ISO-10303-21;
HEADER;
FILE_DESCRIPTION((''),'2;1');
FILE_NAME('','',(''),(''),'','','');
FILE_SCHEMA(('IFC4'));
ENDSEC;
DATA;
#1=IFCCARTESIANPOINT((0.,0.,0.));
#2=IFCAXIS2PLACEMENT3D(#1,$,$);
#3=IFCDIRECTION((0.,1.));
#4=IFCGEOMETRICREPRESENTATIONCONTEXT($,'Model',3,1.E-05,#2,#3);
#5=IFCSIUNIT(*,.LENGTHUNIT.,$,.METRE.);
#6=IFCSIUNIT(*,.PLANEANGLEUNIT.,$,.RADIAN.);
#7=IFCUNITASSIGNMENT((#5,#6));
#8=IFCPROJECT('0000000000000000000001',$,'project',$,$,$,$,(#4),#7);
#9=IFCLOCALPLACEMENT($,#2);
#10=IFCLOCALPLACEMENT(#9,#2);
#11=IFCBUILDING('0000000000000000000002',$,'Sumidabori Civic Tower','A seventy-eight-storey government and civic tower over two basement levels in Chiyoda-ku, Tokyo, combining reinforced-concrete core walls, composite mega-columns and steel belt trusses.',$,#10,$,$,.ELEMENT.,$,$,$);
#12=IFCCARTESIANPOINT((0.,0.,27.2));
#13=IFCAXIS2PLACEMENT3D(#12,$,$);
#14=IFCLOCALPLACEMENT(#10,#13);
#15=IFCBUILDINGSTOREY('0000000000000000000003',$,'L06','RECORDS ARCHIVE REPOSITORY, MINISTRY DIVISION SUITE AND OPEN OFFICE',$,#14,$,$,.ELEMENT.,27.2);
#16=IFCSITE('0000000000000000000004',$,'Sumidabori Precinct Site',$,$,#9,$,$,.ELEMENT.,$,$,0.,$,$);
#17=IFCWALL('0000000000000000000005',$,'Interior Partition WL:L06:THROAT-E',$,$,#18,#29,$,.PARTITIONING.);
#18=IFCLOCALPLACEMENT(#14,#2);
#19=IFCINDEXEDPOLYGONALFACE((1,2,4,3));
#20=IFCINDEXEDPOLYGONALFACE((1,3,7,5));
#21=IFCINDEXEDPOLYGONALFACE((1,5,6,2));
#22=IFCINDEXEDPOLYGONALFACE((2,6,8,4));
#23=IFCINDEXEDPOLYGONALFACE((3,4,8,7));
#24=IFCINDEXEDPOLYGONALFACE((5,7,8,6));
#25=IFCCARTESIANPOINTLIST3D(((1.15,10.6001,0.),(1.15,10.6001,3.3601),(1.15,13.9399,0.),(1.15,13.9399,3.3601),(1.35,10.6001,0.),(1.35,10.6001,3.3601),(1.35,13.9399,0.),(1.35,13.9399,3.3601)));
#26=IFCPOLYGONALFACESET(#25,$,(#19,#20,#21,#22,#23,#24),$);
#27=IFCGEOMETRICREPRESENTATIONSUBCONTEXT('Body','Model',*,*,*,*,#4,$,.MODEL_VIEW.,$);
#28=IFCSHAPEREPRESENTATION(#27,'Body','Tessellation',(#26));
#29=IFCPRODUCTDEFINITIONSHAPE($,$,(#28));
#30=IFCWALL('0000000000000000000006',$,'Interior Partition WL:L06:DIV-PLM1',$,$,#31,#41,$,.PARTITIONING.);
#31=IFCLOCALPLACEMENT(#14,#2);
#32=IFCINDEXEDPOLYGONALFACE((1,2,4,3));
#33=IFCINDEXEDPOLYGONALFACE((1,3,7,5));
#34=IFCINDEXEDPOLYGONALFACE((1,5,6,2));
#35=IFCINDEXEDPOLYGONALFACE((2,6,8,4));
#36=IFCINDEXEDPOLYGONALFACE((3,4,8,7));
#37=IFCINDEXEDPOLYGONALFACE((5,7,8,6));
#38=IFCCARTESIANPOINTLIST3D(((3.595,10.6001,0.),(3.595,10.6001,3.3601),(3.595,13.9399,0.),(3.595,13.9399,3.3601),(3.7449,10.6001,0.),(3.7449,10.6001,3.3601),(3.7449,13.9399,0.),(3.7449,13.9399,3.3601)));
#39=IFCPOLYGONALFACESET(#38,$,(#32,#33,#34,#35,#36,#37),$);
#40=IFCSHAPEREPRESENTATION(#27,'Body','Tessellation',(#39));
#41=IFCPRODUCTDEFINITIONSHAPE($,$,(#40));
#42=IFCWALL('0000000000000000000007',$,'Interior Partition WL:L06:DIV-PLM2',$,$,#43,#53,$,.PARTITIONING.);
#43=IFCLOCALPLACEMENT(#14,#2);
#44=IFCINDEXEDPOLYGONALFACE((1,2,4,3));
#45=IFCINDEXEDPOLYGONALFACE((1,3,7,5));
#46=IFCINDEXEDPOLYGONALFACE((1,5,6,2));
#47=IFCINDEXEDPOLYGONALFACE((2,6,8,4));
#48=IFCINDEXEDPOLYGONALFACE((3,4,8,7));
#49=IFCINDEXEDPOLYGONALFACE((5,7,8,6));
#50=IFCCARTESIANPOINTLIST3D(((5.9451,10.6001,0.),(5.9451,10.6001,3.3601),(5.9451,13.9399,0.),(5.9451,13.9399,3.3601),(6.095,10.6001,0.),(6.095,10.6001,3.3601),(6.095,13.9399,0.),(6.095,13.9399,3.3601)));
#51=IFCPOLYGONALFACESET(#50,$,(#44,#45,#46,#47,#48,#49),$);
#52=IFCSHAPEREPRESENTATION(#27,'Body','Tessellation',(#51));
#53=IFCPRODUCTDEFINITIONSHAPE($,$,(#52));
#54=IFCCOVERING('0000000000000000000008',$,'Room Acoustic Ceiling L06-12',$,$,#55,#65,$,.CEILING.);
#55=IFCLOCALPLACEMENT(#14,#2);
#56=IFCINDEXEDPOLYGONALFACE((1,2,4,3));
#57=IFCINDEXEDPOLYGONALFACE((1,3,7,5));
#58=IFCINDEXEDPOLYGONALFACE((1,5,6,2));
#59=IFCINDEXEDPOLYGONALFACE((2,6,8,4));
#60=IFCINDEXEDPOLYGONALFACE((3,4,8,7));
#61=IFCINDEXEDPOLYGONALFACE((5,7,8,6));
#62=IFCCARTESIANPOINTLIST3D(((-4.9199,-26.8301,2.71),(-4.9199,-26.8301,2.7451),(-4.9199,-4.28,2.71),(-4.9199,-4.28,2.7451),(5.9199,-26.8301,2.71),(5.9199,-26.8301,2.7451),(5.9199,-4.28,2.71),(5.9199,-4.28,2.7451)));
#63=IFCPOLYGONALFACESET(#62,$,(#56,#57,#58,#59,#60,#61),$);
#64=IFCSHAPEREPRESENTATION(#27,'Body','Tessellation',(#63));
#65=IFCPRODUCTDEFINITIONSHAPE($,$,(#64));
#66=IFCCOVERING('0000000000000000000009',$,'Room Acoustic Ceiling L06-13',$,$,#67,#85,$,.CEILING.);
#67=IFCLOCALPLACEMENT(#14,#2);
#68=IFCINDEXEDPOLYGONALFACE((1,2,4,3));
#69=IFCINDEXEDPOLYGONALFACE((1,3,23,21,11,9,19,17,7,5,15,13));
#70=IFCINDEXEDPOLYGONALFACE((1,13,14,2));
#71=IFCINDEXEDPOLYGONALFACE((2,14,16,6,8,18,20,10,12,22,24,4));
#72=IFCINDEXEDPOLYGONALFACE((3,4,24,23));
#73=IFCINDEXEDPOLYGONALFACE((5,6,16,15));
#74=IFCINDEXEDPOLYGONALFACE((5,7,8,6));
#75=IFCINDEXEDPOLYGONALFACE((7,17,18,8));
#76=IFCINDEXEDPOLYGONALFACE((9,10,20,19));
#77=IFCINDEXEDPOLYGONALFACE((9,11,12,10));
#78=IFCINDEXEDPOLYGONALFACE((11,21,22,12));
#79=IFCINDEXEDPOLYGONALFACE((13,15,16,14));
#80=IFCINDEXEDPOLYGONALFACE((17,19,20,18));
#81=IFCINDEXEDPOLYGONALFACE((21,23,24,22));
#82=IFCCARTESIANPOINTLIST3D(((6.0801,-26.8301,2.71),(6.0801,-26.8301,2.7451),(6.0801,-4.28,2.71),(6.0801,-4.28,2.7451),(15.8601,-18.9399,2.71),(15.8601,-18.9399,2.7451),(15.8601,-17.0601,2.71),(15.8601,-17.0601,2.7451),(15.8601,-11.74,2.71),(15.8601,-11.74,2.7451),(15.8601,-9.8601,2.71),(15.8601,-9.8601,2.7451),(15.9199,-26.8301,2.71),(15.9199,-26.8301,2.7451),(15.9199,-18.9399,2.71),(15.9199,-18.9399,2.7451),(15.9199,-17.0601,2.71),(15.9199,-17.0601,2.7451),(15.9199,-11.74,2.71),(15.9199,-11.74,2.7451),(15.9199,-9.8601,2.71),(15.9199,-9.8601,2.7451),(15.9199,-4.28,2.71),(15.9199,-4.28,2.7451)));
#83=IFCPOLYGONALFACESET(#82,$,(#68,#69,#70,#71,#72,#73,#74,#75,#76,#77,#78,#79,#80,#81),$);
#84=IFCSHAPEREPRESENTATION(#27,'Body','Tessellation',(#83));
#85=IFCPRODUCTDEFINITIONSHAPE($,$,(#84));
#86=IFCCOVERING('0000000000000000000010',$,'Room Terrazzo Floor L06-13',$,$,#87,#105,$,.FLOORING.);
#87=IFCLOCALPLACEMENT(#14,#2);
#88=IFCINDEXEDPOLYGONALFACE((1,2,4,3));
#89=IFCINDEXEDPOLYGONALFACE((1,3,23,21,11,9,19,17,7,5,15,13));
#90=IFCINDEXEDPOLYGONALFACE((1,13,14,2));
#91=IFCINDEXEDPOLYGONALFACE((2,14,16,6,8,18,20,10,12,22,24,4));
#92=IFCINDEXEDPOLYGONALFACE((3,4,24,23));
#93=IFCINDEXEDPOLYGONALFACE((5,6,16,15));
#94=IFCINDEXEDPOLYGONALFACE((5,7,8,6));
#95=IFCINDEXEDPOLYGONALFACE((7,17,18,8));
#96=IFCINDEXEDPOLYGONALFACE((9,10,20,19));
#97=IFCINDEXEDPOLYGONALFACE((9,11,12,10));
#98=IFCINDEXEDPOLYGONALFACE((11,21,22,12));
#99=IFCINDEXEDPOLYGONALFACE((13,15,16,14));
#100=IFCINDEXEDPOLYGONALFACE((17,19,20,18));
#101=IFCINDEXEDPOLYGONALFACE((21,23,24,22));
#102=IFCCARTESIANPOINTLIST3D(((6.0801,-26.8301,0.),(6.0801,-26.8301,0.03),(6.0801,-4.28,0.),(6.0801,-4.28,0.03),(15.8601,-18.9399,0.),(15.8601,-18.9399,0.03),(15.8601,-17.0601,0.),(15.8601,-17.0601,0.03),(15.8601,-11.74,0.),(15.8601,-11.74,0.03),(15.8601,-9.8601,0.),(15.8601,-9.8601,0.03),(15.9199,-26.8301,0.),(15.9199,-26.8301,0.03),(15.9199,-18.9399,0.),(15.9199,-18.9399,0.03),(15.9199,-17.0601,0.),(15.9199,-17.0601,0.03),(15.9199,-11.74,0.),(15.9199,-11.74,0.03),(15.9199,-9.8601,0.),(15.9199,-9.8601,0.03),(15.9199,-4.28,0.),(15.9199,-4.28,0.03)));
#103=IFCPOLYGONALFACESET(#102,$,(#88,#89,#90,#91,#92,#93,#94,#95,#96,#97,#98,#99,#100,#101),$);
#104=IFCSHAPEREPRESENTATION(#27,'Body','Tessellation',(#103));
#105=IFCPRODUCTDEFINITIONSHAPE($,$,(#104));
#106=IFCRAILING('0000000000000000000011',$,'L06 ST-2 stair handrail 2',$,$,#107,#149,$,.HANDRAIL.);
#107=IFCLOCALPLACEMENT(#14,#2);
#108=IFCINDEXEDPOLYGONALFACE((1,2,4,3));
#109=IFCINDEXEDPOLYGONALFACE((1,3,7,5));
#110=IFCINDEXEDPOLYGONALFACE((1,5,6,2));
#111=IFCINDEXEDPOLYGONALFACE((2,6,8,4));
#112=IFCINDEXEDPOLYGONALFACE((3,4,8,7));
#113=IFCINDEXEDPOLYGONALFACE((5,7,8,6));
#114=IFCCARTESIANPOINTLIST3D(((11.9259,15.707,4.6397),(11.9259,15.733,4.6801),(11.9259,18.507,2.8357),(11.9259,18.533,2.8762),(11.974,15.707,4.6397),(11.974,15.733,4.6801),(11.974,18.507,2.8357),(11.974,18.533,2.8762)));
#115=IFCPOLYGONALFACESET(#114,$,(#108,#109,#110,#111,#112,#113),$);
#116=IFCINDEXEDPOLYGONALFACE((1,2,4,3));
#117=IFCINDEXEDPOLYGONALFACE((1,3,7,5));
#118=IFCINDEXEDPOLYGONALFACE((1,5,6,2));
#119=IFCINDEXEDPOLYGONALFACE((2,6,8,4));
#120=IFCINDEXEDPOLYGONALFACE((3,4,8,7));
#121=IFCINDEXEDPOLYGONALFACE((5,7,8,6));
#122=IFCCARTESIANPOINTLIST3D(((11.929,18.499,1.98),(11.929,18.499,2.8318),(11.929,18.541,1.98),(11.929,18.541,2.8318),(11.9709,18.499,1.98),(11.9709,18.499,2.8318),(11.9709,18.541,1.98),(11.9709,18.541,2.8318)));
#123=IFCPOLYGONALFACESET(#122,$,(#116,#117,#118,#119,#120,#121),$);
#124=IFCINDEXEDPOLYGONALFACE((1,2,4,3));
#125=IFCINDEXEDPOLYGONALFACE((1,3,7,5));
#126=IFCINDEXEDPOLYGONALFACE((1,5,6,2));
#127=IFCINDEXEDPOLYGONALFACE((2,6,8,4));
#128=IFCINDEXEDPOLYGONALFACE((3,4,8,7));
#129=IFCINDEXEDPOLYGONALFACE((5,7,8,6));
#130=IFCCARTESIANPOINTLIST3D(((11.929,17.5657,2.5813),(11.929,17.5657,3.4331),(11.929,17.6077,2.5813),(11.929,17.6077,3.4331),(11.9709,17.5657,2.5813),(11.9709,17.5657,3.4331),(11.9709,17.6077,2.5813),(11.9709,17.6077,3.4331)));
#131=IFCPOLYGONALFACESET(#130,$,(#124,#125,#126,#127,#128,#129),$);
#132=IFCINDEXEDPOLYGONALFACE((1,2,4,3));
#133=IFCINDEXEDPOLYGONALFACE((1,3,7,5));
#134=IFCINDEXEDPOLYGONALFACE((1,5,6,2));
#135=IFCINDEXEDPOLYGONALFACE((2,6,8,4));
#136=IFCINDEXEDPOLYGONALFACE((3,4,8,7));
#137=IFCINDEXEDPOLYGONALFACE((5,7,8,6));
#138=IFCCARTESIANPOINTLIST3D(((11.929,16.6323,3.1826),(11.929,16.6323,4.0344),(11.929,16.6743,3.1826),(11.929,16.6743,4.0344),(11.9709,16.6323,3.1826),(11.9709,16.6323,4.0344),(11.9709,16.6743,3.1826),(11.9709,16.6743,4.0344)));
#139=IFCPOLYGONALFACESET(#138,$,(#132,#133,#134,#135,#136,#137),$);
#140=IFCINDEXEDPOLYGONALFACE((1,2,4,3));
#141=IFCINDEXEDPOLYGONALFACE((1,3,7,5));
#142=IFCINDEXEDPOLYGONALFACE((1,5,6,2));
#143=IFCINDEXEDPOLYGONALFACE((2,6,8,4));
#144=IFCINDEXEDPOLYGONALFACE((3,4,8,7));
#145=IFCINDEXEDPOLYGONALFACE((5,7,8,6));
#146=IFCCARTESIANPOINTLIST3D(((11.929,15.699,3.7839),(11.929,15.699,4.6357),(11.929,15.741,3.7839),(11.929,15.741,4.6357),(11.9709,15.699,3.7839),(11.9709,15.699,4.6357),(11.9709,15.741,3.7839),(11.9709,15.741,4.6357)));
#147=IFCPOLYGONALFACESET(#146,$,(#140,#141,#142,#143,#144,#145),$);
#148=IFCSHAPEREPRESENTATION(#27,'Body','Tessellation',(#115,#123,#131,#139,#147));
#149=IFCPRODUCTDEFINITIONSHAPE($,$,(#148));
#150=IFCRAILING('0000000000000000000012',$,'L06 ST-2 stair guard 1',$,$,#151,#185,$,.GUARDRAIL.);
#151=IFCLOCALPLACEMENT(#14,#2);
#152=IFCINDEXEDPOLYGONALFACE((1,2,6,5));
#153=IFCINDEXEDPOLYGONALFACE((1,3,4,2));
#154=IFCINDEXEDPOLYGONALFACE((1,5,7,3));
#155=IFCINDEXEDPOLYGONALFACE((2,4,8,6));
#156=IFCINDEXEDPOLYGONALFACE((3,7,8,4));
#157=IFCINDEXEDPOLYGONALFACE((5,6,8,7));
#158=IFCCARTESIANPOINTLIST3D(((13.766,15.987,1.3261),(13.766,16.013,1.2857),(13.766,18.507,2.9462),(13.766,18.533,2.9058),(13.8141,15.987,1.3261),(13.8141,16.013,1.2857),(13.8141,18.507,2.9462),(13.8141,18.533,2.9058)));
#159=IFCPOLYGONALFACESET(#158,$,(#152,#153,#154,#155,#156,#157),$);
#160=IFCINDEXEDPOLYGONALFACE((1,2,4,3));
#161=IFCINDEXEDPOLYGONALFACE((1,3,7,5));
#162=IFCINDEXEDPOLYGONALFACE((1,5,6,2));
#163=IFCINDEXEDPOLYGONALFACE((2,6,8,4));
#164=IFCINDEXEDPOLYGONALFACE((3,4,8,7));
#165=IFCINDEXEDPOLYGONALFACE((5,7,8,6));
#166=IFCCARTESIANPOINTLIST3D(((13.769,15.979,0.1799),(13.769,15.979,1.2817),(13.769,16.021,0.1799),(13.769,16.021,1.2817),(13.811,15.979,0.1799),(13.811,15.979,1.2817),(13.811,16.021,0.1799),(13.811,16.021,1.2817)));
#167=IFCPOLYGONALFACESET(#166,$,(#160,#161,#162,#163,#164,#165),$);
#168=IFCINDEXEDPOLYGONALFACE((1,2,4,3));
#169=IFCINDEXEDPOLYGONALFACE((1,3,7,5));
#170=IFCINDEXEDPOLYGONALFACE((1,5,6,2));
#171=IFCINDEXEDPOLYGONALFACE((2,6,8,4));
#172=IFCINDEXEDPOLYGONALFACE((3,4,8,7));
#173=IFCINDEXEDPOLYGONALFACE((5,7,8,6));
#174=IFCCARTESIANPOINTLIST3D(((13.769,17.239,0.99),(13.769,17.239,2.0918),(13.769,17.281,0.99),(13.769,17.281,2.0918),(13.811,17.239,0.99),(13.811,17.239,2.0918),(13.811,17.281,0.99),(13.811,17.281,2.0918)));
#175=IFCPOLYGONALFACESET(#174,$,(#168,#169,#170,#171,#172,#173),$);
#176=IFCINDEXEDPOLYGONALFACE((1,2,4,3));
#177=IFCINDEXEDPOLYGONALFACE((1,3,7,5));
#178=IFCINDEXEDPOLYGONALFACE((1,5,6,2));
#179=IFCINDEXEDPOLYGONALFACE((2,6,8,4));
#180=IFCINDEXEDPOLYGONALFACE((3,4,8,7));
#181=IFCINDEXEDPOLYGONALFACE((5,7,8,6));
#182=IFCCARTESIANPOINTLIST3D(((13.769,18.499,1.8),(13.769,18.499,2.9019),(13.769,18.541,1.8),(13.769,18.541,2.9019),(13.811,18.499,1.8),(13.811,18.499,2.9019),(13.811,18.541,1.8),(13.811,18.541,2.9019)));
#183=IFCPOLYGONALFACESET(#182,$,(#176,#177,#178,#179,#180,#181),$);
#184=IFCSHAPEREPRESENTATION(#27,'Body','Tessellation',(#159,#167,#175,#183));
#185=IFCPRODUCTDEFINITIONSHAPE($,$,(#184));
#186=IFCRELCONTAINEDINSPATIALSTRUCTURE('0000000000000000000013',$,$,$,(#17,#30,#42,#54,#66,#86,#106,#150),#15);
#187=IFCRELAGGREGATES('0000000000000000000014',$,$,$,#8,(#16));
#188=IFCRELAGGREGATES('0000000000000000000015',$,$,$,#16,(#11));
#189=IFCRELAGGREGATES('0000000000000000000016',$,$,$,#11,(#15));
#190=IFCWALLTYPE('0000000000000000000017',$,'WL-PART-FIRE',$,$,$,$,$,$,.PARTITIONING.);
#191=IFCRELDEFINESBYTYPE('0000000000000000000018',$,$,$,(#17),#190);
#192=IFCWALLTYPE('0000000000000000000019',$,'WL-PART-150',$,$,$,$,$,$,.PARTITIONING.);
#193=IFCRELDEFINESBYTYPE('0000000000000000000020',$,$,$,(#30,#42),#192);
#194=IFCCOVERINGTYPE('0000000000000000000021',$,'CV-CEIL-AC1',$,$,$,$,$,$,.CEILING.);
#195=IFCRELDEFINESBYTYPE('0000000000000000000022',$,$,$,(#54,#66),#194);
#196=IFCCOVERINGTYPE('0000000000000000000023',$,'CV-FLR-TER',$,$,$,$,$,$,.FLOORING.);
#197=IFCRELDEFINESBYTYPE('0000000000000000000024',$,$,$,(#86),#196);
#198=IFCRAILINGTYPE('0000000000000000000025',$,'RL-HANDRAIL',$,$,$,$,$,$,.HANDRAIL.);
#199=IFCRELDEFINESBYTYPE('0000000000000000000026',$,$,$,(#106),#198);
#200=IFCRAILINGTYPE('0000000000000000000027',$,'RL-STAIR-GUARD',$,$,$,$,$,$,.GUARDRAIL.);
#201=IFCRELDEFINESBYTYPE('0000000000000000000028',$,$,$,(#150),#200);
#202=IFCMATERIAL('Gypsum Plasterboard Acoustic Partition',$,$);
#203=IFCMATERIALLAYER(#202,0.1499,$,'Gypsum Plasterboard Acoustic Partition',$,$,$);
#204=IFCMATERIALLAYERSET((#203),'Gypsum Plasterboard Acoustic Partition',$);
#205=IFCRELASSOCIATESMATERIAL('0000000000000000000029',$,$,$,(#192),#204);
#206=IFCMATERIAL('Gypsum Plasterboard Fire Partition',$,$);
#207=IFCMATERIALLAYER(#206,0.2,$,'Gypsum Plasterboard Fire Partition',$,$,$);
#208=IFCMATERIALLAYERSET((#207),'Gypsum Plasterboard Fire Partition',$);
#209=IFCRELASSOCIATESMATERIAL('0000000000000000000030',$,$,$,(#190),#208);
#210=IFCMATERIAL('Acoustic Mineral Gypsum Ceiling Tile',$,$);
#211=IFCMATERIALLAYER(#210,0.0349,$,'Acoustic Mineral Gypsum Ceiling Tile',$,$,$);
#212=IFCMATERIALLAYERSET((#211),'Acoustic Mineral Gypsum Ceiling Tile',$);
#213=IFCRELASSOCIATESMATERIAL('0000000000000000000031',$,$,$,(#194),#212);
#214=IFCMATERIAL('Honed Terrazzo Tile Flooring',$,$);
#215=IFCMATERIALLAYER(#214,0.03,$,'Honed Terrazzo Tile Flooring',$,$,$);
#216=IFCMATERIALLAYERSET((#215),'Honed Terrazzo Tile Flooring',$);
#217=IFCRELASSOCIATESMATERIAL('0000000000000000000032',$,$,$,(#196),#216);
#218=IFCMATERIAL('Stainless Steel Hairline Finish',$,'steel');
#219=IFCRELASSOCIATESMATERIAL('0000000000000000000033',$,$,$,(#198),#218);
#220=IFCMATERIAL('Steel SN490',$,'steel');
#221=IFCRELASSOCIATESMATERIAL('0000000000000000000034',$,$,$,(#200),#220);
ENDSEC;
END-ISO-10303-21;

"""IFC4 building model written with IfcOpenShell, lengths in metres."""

from ifc_helpers import new_model, si_unit, direction, frame, frame_2d, origin, origin_2d, place, context, subcontext, project, spatial, polyline, rectangle, outline, extrude, source, transform, mapped, material, layer, layer_set, type_object, element, save


model = new_model("IFC4")

# Units and contexts
model_context = context("Model", 3, precision=1e-05, world=origin(), true_north=direction((0.0, 1.0)))
body_context = subcontext(model_context, "Body", "Model", "MODEL_VIEW")
ifc_project = project(units=[si_unit("LENGTHUNIT", "METRE"), si_unit("PLANEANGLEUNIT", "RADIAN")], contexts=[model_context])

# Site, building, storey
site_placement = place(None, origin())
site = spatial("IfcSite", under=ifc_project, at=site_placement, Name="Sumidabori Precinct Site", CompositionType="ELEMENT", RefElevation=0.0)
building_placement = place(site_placement, origin())
building = spatial("IfcBuilding", under=site, at=building_placement, Name="Sumidabori Civic Tower", Description="A seventy-eight-storey government and civic tower over two basement levels in Chiyoda-ku, Tokyo, combining reinforced-concrete core walls, composite mega-columns and steel belt trusses.", CompositionType="ELEMENT")
storey_placement = place(building_placement, frame((0.0, 0.0, 27.2)))
storey = spatial("IfcBuildingStorey", under=building, at=storey_placement, Name="L06", Description="RECORDS ARCHIVE REPOSITORY, MINISTRY DIVISION SUITE AND OPEN OFFICE", CompositionType="ELEMENT", Elevation=27.2)

# Shared definitions
ifc_material_1 = material(Name="Steel SN490", Category="steel")

# Shared definitions
ifc_material_2 = material(Name="Stainless Steel Hairline Finish", Category="steel")

# Walls
ifc_material_3 = material(Name="Gypsum Plasterboard Acoustic Partition")
ifc_layer_1 = layer(ifc_material_3, 0.1499, Name="Gypsum Plasterboard Acoustic Partition")
ifc_layer_set_1 = layer_set([ifc_layer_1], Name="Gypsum Plasterboard Acoustic Partition")
wall_type_1 = type_object("IfcWallType", Name="WL-PART-150", PredefinedType="PARTITIONING", material=ifc_layer_set_1)
ifc_material_4 = material(Name="Gypsum Plasterboard Fire Partition")
ifc_layer_2 = layer(ifc_material_4, 0.2, Name="Gypsum Plasterboard Fire Partition")
ifc_layer_set_2 = layer_set([ifc_layer_2], Name="Gypsum Plasterboard Fire Partition")
wall_type_2 = type_object("IfcWallType", Name="WL-PART-FIRE", PredefinedType="PARTITIONING", material=ifc_layer_set_2)
shared_shape_1 = source(origin(), body_context, "Body", "SweptSolid", [
    extrude(rectangle(XDim=3.3398, YDim=0.2, at=frame_2d((1.6699, 0.0))), origin(), (0.0, 0.0, 1.0), 3.3601),
])
wall_1_placement = place(storey_placement, frame((1.25, 10.6001, 0.0), z_axis=(0.0, 0.0, 1.0), x_axis=(0.0, 1.0, 0.0)))
element("IfcWall", 1, at=wall_1_placement, inside=storey, type_object=wall_type_2, Name="Interior Partition WL:L06:THROAT-E", PredefinedType="PARTITIONING", context=body_context, shape_type="MappedRepresentation", body=[
    mapped(shared_shape_1, transform((0.0, 0.0, 0.0), x_axis=(1.0, 0.0, 0.0), y_axis=(0.0, 1.0, 0.0), z_axis=(0.0, 0.0, 1.0), scale=1.0)),
])
shared_shape_2 = source(origin(), body_context, "Body", "SweptSolid", [
    extrude(rectangle(XDim=3.3398, YDim=0.1499, at=frame_2d((1.6699, 0.0))), origin(), (0.0, 0.0, 1.0), 3.3601),
])
for number, where, z_axis, x_axis, name in (
    (2, (3.6699, 10.6001, 0.0), (0.0, 0.0, 1.0), (0.0, 1.0, 0.0), "Interior Partition WL:L06:DIV-PLM1"),
    (3, (6.02, 10.6001, 0.0), (0.0, 0.0, 1.0), (0.0, 1.0, 0.0), "Interior Partition WL:L06:DIV-PLM2"),
):
    element("IfcWall", number, at=place(storey_placement, frame(where, z_axis=z_axis, x_axis=x_axis)), inside=storey, type_object=wall_type_1, Name=name, PredefinedType="PARTITIONING", context=body_context, shape_type="MappedRepresentation", body=[
        mapped(shared_shape_2, transform((0.0, 0.0, 0.0), x_axis=(1.0, 0.0, 0.0), y_axis=(0.0, 1.0, 0.0), z_axis=(0.0, 0.0, 1.0), scale=1.0)),
    ])

# Coverings
ifc_material_5 = material(Name="Acoustic Mineral Gypsum Ceiling Tile")
ifc_layer_3 = layer(ifc_material_5, 0.0349, Name="Acoustic Mineral Gypsum Ceiling Tile")
ifc_layer_set_3 = layer_set([ifc_layer_3], Name="Acoustic Mineral Gypsum Ceiling Tile")
covering_type_1 = type_object("IfcCoveringType", Name="CV-CEIL-AC1", PredefinedType="CEILING", material=ifc_layer_set_3)
covering_1_placement = place(storey_placement, frame((0.0, 0.0, 2.71)))
element("IfcCovering", 4, at=covering_1_placement, inside=storey, type_object=covering_type_1, Name="Room Acoustic Ceiling L06-12", PredefinedType="CEILING", context=body_context, shape_type="SweptSolid", body=[
    extrude(outline(polyline([(5.9199, -26.8301), (-4.9199, -26.8301), (-4.9199, -4.28), (5.9199, -4.28), (5.9199, -26.8301)])), origin(), (0.0, 0.0, 1.0), 0.0352),
])
covering_2_placement = place(storey_placement, frame((0.0, 0.0, 2.71)))
element("IfcCovering", 5, at=covering_2_placement, inside=storey, type_object=covering_type_1, Name="Room Acoustic Ceiling L06-13", PredefinedType="CEILING", context=body_context, shape_type="SweptSolid", body=[
    extrude(outline(polyline([(15.9199, -18.9399), (15.9199, -26.8301), (6.0801, -26.8301), (6.0801, -4.28), (15.9199, -4.28), (15.9199, -9.8601), (15.8601, -9.8601), (15.8601, -11.74), (15.9199, -11.74), (15.9199, -17.0601), (15.8601, -17.0601), (15.8601, -18.9399), (15.9199, -18.9399)])), origin(), (0.0, 0.0, 1.0), 0.0352),
])
ifc_material_6 = material(Name="Honed Terrazzo Tile Flooring")
ifc_layer_4 = layer(ifc_material_6, 0.03, Name="Honed Terrazzo Tile Flooring")
ifc_layer_set_4 = layer_set([ifc_layer_4], Name="Honed Terrazzo Tile Flooring")
covering_type_2 = type_object("IfcCoveringType", Name="CV-FLR-TER", PredefinedType="FLOORING", material=ifc_layer_set_4)
covering_3_placement = place(storey_placement, origin())
element("IfcCovering", 6, at=covering_3_placement, inside=storey, type_object=covering_type_2, Name="Room Terrazzo Floor L06-13", PredefinedType="FLOORING", context=body_context, shape_type="SweptSolid", body=[
    extrude(outline(polyline([(15.9199, -18.9399), (15.9199, -26.8301), (6.0801, -26.8301), (6.0801, -4.28), (15.9199, -4.28), (15.9199, -9.8601), (15.8601, -9.8601), (15.8601, -11.74), (15.9199, -11.74), (15.9199, -17.0601), (15.8601, -17.0601), (15.8601, -18.9399), (15.9199, -18.9399)])), origin(), (0.0, 0.0, 1.0), 0.03),
])

# Railings
railing_type_1 = type_object("IfcRailingType", Name="RL-HANDRAIL", PredefinedType="HANDRAIL", material=ifc_material_2)
railing_1_placement = place(storey_placement, frame((11.95, 18.52, 1.98)))
element("IfcRailing", 7, at=railing_1_placement, inside=storey, type_object=railing_type_1, Name="L06 ST-2 stair handrail 2", PredefinedType="HANDRAIL", context=body_context, shape_type="SweptSolid", body=[
    extrude(rectangle(XDim=0.0481, YDim=0.0481, at=origin_2d()), frame((0.0, 0.0, 0.876), z_axis=(0.0, -0.840642, 0.541591), x_axis=(1.0, 0.0, 0.0)), (0.0, 0.0, 1.0), 3.3308),
    extrude(rectangle(XDim=0.042, YDim=0.042, at=origin_2d()), origin(), (0.0, 0.0, 1.0), 0.8518),
    extrude(rectangle(XDim=0.042, YDim=0.042, at=origin_2d()), frame((0.0, -0.9333, 0.6013)), (0.0, 0.0, 1.0), 0.8518),
    extrude(rectangle(XDim=0.042, YDim=0.042, at=origin_2d()), frame((0.0, -1.8667, 1.2026)), (0.0, 0.0, 1.0), 0.8518),
    extrude(rectangle(XDim=0.042, YDim=0.042, at=origin_2d()), frame((0.0, -2.8, 1.804)), (0.0, 0.0, 1.0), 0.8518),
])
railing_type_2 = type_object("IfcRailingType", Name="RL-STAIR-GUARD", PredefinedType="GUARDRAIL", material=ifc_material_1)
railing_2_placement = place(storey_placement, frame((13.79, 16.0, 0.1799)))
element("IfcRailing", 8, at=railing_2_placement, inside=storey, type_object=railing_type_2, Name="L06 ST-2 stair guard 1", PredefinedType="GUARDRAIL", context=body_context, shape_type="SweptSolid", body=[
    extrude(rectangle(XDim=0.0481, YDim=0.0481, at=origin_2d()), frame((0.0, 0.0, 1.126), z_axis=(0.0, 0.841163, 0.540782), x_axis=(-1.0, 0.0, 0.0)), (0.0, 0.0, 1.0), 2.9958),
    extrude(rectangle(XDim=0.042, YDim=0.042, at=origin_2d()), origin(), (0.0, 0.0, 1.0), 1.1018),
    extrude(rectangle(XDim=0.042, YDim=0.042, at=origin_2d()), frame((0.0, 1.26, 0.8101)), (0.0, 0.0, 1.0), 1.1018),
    extrude(rectangle(XDim=0.042, YDim=0.042, at=origin_2d()), frame((0.0, 2.52, 1.6201)), (0.0, 0.0, 1.0), 1.1018),
])

save(model, "model.ifc")
